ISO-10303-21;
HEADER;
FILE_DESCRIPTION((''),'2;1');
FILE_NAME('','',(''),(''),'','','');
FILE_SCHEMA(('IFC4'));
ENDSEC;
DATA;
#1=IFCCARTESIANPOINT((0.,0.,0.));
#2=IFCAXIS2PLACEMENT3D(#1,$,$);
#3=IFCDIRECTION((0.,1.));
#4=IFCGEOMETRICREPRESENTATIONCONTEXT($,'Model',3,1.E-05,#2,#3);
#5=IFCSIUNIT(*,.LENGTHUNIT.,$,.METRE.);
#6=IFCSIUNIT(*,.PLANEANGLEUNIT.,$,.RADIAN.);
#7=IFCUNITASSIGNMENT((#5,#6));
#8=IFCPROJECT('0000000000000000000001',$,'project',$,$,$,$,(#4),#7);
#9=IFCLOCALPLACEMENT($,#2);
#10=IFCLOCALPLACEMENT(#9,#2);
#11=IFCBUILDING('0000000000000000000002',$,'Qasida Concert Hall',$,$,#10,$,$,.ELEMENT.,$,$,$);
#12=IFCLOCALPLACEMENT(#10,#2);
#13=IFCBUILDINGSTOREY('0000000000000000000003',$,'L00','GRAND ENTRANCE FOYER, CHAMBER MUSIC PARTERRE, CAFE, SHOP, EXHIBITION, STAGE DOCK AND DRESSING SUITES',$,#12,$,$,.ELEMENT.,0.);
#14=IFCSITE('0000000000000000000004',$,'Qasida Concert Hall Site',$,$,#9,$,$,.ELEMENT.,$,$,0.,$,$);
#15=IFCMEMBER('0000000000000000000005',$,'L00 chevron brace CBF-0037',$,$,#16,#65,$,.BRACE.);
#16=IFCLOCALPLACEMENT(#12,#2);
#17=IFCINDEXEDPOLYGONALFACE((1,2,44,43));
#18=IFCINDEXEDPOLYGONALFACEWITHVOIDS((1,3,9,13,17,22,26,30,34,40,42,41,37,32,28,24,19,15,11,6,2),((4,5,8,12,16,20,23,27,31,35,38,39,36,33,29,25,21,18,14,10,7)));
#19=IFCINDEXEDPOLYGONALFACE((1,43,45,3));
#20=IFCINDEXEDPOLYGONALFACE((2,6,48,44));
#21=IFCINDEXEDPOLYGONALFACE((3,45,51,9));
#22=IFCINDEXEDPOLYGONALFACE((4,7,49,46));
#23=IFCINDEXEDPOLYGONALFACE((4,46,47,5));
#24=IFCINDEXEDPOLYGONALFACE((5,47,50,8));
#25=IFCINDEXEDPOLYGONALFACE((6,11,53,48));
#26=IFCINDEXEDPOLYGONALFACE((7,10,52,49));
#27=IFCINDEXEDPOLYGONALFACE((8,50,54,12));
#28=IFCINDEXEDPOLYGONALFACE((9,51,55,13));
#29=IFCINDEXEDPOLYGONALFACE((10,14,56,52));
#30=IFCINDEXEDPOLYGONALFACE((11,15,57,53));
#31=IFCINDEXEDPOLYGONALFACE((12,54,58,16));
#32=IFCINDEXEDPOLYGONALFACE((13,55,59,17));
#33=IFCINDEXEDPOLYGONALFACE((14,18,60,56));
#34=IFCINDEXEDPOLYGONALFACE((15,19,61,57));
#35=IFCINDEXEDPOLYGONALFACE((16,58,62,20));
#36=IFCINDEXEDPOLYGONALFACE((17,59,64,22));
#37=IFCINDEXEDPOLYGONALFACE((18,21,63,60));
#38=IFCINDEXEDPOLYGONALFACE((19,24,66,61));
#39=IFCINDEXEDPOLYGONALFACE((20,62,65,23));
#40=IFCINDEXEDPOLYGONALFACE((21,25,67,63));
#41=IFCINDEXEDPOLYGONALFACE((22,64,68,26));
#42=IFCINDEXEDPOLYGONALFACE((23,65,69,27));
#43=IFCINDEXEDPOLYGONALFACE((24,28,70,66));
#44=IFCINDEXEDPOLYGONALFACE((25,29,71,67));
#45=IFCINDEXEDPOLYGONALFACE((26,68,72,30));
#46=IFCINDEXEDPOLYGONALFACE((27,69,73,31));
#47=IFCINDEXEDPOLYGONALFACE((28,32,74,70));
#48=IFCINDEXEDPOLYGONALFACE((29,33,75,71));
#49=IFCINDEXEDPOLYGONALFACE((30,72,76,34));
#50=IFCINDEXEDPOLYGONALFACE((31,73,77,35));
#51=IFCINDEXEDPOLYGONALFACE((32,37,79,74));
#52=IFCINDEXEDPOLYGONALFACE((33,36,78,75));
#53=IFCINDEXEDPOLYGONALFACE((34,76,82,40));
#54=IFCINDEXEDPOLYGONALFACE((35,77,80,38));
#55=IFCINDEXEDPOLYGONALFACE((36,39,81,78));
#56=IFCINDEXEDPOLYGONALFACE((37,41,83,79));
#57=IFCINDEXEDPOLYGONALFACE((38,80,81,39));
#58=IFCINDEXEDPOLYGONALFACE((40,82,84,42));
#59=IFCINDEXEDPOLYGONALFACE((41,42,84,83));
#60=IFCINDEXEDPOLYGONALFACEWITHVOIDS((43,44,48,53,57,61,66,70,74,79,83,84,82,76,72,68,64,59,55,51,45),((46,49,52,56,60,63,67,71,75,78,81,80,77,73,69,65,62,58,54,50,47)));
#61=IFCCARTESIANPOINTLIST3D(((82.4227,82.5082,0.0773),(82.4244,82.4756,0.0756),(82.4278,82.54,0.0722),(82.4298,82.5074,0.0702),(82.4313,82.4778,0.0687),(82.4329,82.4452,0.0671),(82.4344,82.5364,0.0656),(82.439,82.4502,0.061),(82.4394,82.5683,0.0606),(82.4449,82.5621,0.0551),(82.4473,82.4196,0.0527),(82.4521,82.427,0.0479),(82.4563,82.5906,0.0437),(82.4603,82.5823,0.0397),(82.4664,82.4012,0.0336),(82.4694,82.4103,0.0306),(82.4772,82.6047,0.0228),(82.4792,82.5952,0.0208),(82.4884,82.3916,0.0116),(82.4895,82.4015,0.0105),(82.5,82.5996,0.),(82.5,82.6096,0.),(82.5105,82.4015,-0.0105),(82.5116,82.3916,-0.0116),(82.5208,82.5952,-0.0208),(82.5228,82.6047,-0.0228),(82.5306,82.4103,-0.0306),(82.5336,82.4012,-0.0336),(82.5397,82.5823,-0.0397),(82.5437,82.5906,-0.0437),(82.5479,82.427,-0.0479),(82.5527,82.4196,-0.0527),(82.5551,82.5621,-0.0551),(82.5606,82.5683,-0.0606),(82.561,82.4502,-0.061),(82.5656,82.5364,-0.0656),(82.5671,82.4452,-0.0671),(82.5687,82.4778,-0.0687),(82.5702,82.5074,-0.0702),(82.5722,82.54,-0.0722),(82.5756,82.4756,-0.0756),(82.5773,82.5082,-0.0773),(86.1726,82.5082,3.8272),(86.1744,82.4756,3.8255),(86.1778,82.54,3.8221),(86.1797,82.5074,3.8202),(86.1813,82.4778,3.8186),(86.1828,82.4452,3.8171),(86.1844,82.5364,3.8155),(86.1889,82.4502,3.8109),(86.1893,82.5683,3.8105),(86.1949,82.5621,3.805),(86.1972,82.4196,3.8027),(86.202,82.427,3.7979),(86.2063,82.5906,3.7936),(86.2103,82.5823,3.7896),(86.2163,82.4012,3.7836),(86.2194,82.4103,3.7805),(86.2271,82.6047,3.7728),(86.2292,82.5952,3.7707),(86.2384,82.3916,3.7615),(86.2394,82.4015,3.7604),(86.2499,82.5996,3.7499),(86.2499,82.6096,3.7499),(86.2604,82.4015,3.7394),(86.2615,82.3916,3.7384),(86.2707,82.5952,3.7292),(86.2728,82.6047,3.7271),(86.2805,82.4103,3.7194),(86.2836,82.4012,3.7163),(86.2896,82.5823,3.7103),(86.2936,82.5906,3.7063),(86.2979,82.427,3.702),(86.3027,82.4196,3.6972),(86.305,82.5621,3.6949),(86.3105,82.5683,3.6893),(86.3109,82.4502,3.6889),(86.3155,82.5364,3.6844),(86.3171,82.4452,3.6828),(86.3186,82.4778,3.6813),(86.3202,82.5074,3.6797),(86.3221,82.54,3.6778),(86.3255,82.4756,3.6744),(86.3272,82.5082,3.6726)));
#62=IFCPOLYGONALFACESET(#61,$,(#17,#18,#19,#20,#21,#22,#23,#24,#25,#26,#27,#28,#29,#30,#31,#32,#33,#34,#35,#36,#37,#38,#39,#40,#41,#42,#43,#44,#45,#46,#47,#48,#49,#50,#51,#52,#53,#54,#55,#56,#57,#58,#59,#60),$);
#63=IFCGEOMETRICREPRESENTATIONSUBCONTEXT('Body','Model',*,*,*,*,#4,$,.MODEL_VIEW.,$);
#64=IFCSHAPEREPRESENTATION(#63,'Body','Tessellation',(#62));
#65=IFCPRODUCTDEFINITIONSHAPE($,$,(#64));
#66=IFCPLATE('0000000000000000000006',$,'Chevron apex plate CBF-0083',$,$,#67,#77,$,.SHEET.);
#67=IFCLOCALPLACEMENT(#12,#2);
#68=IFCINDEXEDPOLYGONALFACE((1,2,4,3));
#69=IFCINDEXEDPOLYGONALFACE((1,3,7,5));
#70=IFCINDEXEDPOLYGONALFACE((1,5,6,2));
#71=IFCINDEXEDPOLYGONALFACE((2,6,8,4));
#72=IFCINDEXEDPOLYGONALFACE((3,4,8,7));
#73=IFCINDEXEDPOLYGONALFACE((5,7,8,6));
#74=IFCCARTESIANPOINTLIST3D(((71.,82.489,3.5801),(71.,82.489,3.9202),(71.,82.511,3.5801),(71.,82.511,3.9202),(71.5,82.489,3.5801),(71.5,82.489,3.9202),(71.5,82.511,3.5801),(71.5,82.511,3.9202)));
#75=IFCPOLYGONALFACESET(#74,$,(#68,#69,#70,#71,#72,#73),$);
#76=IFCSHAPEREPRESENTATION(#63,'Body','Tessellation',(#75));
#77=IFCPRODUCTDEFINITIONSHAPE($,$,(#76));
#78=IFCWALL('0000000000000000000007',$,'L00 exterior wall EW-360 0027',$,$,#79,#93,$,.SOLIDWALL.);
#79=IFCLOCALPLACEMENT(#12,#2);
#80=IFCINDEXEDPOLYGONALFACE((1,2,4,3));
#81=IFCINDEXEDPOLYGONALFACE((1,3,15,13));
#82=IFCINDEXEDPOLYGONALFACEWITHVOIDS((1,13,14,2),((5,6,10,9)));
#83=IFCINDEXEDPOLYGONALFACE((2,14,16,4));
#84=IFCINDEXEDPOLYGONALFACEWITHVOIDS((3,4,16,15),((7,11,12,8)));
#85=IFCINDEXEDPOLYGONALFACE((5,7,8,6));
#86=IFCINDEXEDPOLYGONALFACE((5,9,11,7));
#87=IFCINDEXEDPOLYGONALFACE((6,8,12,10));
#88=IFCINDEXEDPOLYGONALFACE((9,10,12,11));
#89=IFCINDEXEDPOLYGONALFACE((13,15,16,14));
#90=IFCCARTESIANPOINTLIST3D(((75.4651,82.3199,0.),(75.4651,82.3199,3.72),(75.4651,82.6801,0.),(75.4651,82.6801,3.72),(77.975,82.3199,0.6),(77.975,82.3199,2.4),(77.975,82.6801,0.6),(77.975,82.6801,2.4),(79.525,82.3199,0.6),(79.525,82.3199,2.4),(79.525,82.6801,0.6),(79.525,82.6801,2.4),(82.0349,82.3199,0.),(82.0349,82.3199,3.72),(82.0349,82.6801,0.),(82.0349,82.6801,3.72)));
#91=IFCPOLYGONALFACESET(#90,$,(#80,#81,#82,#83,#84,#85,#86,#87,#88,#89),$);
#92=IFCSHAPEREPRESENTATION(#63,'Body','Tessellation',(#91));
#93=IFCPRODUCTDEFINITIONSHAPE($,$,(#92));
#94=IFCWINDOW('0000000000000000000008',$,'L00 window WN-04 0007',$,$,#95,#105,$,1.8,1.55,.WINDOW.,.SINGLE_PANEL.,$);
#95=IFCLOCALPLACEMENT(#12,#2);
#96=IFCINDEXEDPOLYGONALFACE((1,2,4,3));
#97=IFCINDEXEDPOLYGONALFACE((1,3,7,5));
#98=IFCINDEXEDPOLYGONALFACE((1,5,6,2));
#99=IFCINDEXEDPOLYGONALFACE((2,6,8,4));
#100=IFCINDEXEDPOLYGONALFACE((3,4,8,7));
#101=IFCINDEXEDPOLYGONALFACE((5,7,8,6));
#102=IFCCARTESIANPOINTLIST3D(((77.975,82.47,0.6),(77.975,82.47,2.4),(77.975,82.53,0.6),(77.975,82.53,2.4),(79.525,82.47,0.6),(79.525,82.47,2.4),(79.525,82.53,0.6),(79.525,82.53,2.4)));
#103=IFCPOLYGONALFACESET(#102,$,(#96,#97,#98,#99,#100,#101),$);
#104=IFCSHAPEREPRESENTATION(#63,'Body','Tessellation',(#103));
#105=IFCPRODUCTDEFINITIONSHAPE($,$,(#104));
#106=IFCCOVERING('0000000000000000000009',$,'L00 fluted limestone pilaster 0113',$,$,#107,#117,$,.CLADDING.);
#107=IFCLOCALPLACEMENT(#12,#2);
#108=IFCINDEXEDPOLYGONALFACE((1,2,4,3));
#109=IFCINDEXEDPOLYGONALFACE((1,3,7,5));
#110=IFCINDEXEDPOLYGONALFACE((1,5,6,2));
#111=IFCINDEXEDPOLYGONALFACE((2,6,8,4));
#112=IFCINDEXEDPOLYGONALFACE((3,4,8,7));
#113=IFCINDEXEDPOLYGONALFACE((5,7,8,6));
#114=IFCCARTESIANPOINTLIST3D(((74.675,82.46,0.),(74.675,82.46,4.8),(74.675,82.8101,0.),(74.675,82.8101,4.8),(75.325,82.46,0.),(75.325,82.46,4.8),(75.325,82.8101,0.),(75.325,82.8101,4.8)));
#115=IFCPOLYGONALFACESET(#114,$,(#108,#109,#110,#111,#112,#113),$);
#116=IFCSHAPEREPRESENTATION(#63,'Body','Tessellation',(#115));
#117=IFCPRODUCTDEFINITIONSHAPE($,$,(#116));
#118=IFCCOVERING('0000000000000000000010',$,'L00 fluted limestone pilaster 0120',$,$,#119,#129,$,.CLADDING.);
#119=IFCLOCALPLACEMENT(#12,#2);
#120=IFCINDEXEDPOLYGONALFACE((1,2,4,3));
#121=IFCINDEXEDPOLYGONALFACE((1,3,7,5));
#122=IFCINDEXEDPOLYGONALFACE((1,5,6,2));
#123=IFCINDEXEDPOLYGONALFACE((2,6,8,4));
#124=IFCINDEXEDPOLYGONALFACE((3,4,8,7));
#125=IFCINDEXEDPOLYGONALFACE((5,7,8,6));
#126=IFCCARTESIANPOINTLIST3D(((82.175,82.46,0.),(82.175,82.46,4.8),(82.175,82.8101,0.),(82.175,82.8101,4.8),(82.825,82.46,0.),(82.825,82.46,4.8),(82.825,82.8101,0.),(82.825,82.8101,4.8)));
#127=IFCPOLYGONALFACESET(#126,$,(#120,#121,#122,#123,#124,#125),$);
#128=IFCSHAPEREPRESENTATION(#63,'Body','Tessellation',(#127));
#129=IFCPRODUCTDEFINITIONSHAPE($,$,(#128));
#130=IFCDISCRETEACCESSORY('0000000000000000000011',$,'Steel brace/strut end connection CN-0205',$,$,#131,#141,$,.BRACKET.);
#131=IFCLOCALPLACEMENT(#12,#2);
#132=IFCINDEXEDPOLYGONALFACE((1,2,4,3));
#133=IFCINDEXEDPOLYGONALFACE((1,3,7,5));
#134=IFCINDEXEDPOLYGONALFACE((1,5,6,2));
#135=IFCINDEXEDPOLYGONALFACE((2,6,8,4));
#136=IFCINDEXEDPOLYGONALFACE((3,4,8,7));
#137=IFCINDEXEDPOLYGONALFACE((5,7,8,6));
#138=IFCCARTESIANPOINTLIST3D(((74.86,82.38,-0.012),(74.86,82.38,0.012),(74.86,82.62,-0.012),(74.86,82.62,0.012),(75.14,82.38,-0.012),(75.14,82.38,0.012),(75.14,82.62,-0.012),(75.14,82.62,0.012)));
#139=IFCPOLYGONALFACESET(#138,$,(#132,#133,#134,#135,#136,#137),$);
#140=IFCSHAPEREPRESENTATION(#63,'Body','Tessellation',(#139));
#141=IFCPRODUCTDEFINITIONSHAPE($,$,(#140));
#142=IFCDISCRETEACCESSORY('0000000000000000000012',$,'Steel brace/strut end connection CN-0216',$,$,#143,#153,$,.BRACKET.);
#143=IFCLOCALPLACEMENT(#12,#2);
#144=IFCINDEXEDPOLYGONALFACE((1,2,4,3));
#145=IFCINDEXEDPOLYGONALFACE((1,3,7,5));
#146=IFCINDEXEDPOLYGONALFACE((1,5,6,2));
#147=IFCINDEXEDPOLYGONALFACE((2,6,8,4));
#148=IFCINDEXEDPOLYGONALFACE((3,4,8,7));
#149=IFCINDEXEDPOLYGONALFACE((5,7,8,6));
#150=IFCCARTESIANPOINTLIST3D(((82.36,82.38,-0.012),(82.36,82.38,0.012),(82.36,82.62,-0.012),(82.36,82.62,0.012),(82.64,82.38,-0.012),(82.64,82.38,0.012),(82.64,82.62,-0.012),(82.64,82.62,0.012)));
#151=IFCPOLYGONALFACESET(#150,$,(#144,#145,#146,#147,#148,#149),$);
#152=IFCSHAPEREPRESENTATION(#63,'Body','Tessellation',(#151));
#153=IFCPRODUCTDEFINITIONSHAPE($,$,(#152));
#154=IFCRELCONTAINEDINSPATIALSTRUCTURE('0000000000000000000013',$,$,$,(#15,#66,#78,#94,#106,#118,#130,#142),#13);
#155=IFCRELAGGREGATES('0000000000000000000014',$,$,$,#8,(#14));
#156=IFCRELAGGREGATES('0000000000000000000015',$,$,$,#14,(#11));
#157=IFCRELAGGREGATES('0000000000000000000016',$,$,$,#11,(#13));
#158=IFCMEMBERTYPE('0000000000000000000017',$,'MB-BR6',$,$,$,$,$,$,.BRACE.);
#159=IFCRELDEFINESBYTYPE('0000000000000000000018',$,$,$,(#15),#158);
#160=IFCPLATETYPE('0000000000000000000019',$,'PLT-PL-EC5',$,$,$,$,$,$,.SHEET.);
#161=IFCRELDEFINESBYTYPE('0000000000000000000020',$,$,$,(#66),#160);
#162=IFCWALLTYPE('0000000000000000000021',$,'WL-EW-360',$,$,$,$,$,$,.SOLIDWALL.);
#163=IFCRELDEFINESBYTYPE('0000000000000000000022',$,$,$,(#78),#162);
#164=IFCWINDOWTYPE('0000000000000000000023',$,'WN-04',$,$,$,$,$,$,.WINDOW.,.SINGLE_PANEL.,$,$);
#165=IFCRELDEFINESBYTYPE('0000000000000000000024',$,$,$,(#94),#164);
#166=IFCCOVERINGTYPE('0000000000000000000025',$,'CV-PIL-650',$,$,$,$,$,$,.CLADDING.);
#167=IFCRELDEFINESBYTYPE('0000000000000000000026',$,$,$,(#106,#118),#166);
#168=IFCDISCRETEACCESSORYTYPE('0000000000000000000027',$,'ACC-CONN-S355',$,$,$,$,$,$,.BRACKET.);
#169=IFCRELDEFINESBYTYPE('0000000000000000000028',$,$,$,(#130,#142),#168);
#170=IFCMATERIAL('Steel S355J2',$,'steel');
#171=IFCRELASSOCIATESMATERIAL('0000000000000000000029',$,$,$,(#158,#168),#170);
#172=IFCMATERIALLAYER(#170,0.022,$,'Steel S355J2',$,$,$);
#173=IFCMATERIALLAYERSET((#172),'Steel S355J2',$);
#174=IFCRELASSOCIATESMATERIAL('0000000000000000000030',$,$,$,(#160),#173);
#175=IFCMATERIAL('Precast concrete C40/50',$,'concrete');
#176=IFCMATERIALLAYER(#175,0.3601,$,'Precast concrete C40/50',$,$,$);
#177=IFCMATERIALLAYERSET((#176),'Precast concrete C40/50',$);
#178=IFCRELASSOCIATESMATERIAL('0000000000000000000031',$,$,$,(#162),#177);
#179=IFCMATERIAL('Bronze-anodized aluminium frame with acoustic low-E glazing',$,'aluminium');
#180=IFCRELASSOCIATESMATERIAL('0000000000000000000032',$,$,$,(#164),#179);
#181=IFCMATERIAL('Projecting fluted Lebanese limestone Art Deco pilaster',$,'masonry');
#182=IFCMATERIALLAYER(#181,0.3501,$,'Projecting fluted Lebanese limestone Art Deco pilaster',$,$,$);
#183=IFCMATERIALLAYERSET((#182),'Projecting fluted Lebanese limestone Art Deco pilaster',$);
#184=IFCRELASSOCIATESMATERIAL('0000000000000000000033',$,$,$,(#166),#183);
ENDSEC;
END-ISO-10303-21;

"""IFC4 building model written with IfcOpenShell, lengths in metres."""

from ifc_helpers import new_model, si_unit, direction, frame, frame_2d, origin, origin_2d, place, context, subcontext, project, spatial, rectangle, hollow_circle, extrude, material, layer, layer_set, material_profile, profile_set, type_object, element, fill, save


model = new_model("IFC4")

# Units and contexts
model_context = context("Model", 3, precision=1e-05, world=origin(), true_north=direction((0.0, 1.0)))
body_context = subcontext(model_context, "Body", "Model", "MODEL_VIEW")
ifc_project = project(units=[si_unit("LENGTHUNIT", "METRE"), si_unit("PLANEANGLEUNIT", "RADIAN")], contexts=[model_context])

# Site, building, storey
site_placement = place(None, origin())
site = spatial("IfcSite", under=ifc_project, at=site_placement, Name="Qasida Concert Hall Site", CompositionType="ELEMENT", RefElevation=0.0)
building_placement = place(site_placement, origin())
building = spatial("IfcBuilding", under=site, at=building_placement, Name="Qasida Concert Hall", CompositionType="ELEMENT")
storey_placement = place(building_placement, origin())
storey = spatial("IfcBuildingStorey", under=building, at=storey_placement, Name="L00", Description="GRAND ENTRANCE FOYER, CHAMBER MUSIC PARTERRE, CAFE, SHOP, EXHIBITION, STAGE DOCK AND DRESSING SUITES", CompositionType="ELEMENT", Elevation=0.0)

# Shared definitions
ifc_material_1 = material(Name="Steel S355J2", Category="steel")

# Member
ifc_material_profile_1 = material_profile(ifc_material_1, hollow_circle(Radius=0.1096, WallThickness=0.01, at=origin_2d()), Name="CHS 219.1x10")
ifc_profile_set_1 = profile_set([ifc_material_profile_1], Name="Steel S355J2")
member_type_1 = type_object("IfcMemberType", Name="MB-BR6", PredefinedType="BRACE", material=ifc_profile_set_1)
member_1_placement = place(storey_placement, frame((82.5, 82.5, 0.0), z_axis=(0.707107, 0.0, 0.707107), x_axis=(0.0, 1.0, 0.0)))
element("IfcMember", 1, at=member_1_placement, inside=storey, type_object=member_type_1, Name="L00 chevron brace CBF-0037", PredefinedType="BRACE", context=body_context, shape_type="SweptSolid", body=[
    extrude(hollow_circle(Radius=0.1096, WallThickness=0.01, at=origin_2d()), origin(), (0.0, 0.0, 1.0), 5.3032),
])

# Plate
ifc_layer_1 = layer(ifc_material_1, 0.022, Name="Steel S355J2")
ifc_layer_set_1 = layer_set([ifc_layer_1], Name="Steel S355J2")
plate_type = type_object("IfcPlateType", Name="PLT-PL-EC5", PredefinedType="SHEET", material=ifc_layer_set_1)
plate_placement = place(storey_placement, frame((71.25, 82.5, 3.5801), z_axis=(0.0, 0.0, 1.0), x_axis=(1.0, 0.0, 0.0)))
element("IfcPlate", 2, at=plate_placement, inside=storey, type_object=plate_type, Name="Chevron apex plate CBF-0083", PredefinedType="SHEET", context=body_context, shape_type="SweptSolid", body=[
    extrude(rectangle(XDim=0.5, YDim=0.022, at=origin_2d()), origin(), (0.0, 0.0, 1.0), 0.3401),
])

# Wall, opening, window
ifc_material_2 = material(Name="Precast concrete C40/50", Category="concrete")
ifc_layer_2 = layer(ifc_material_2, 0.3601, Name="Precast concrete C40/50")
ifc_layer_set_2 = layer_set([ifc_layer_2], Name="Precast concrete C40/50")
wall_type = type_object("IfcWallType", Name="WL-EW-360", PredefinedType="SOLIDWALL", material=ifc_layer_set_2)
wall_placement = place(storey_placement, frame((75.4651, 82.5, 0.0), z_axis=(0.0, 0.0, 1.0), x_axis=(1.0, 0.0, 0.0)))
wall = element("IfcWall", 3, at=wall_placement, inside=storey, type_object=wall_type, Name="L00 exterior wall EW-360 0027", PredefinedType="SOLIDWALL", context=body_context, shape_type="SweptSolid", body=[
    extrude(rectangle(XDim=6.5698, YDim=0.3601, at=frame_2d((3.2849, 0.0))), origin(), (0.0, 0.0, 1.0), 3.72),
])
opening_placement = place(wall_placement, frame((2.51, 0.0, 0.6001)))
opening = element("IfcOpeningElement", 4, at=opening_placement, cuts=wall, PredefinedType="OPENING", context=body_context, shape_type="SweptSolid", body=[
    extrude(rectangle(XDim=1.55, YDim=1.8, at=frame_2d((0.7749, 0.8999))), frame((0.0, 0.1899, 0.0), z_axis=(0.0, -1.0, 0.0), x_axis=(1.0, 0.0, 0.0)), (0.0, 0.0, 1.0), 0.3801),
])
ifc_material_3 = material(Name="Bronze-anodized aluminium frame with acoustic low-E glazing", Category="aluminium")
window_type = type_object("IfcWindowType", Name="WN-04", PartitioningType="SINGLE_PANEL", PredefinedType="WINDOW", material=ifc_material_3)
window_placement = place(opening_placement, origin())
window = element("IfcWindow", 5, at=window_placement, inside=storey, type_object=window_type, Name="L00 window WN-04 0007", OverallHeight=1.8, OverallWidth=1.55, PartitioningType="SINGLE_PANEL", PredefinedType="WINDOW", context=body_context, shape_type="SweptSolid", body=[
    extrude(rectangle(XDim=1.55, YDim=1.8, at=frame_2d((0.7749, 0.8999))), frame((0.0, 0.03, 0.0), z_axis=(0.0, -1.0, 0.0), x_axis=(1.0, 0.0, 0.0)), (0.0, 0.0, 1.0), 0.0601),
])
fill(opening, window)

# Coverings
ifc_material_4 = material(Name="Projecting fluted Lebanese limestone Art Deco pilaster", Category="masonry")
ifc_layer_3 = layer(ifc_material_4, 0.3501, Name="Projecting fluted Lebanese limestone Art Deco pilaster")
ifc_layer_set_3 = layer_set([ifc_layer_3], Name="Projecting fluted Lebanese limestone Art Deco pilaster")
covering_type = type_object("IfcCoveringType", Name="CV-PIL-650", PredefinedType="CLADDING", material=ifc_layer_set_3)
for number, where, z_axis, x_axis, name in (
    (6, (75.0, 82.635, 0.0), (0.0, 0.0, 1.0), (1.0, 0.0, 0.0), "L00 fluted limestone pilaster 0113"),
    (7, (82.5, 82.635, 0.0), (0.0, 0.0, 1.0), (1.0, 0.0, 0.0), "L00 fluted limestone pilaster 0120"),
):
    element("IfcCovering", number, at=place(storey_placement, frame(where, z_axis=z_axis, x_axis=x_axis)), inside=storey, type_object=covering_type, Name=name, PredefinedType="CLADDING", context=body_context, shape_type="SweptSolid", body=[
        extrude(rectangle(XDim=0.6499, YDim=0.3501, at=origin_2d()), origin(), (0.0, 0.0, 1.0), 4.8),
    ])

# Discrete accessories
discrete_accessory_type = type_object("IfcDiscreteAccessoryType", Name="ACC-CONN-S355", PredefinedType="BRACKET", material=ifc_material_1)
for number, where, z_axis, x_axis, name in (
    (8, (75.0, 82.5, -0.012), (0.0, 0.0, 1.0), (1.0, 0.0, 0.0), "Steel brace/strut end connection CN-0205"),
    (9, (82.5, 82.5, -0.012), (0.0, 0.0, 1.0), (1.0, 0.0, 0.0), "Steel brace/strut end connection CN-0216"),
):
    element("IfcDiscreteAccessory", number, at=place(storey_placement, frame(where, z_axis=z_axis, x_axis=x_axis)), inside=storey, type_object=discrete_accessory_type, Name=name, PredefinedType="BRACKET", context=body_context, shape_type="SweptSolid", body=[
        extrude(rectangle(XDim=0.28, YDim=0.24, at=origin_2d()), origin(), (0.0, 0.0, 1.0), 0.0239),
    ])

save(model, "model.ifc")
